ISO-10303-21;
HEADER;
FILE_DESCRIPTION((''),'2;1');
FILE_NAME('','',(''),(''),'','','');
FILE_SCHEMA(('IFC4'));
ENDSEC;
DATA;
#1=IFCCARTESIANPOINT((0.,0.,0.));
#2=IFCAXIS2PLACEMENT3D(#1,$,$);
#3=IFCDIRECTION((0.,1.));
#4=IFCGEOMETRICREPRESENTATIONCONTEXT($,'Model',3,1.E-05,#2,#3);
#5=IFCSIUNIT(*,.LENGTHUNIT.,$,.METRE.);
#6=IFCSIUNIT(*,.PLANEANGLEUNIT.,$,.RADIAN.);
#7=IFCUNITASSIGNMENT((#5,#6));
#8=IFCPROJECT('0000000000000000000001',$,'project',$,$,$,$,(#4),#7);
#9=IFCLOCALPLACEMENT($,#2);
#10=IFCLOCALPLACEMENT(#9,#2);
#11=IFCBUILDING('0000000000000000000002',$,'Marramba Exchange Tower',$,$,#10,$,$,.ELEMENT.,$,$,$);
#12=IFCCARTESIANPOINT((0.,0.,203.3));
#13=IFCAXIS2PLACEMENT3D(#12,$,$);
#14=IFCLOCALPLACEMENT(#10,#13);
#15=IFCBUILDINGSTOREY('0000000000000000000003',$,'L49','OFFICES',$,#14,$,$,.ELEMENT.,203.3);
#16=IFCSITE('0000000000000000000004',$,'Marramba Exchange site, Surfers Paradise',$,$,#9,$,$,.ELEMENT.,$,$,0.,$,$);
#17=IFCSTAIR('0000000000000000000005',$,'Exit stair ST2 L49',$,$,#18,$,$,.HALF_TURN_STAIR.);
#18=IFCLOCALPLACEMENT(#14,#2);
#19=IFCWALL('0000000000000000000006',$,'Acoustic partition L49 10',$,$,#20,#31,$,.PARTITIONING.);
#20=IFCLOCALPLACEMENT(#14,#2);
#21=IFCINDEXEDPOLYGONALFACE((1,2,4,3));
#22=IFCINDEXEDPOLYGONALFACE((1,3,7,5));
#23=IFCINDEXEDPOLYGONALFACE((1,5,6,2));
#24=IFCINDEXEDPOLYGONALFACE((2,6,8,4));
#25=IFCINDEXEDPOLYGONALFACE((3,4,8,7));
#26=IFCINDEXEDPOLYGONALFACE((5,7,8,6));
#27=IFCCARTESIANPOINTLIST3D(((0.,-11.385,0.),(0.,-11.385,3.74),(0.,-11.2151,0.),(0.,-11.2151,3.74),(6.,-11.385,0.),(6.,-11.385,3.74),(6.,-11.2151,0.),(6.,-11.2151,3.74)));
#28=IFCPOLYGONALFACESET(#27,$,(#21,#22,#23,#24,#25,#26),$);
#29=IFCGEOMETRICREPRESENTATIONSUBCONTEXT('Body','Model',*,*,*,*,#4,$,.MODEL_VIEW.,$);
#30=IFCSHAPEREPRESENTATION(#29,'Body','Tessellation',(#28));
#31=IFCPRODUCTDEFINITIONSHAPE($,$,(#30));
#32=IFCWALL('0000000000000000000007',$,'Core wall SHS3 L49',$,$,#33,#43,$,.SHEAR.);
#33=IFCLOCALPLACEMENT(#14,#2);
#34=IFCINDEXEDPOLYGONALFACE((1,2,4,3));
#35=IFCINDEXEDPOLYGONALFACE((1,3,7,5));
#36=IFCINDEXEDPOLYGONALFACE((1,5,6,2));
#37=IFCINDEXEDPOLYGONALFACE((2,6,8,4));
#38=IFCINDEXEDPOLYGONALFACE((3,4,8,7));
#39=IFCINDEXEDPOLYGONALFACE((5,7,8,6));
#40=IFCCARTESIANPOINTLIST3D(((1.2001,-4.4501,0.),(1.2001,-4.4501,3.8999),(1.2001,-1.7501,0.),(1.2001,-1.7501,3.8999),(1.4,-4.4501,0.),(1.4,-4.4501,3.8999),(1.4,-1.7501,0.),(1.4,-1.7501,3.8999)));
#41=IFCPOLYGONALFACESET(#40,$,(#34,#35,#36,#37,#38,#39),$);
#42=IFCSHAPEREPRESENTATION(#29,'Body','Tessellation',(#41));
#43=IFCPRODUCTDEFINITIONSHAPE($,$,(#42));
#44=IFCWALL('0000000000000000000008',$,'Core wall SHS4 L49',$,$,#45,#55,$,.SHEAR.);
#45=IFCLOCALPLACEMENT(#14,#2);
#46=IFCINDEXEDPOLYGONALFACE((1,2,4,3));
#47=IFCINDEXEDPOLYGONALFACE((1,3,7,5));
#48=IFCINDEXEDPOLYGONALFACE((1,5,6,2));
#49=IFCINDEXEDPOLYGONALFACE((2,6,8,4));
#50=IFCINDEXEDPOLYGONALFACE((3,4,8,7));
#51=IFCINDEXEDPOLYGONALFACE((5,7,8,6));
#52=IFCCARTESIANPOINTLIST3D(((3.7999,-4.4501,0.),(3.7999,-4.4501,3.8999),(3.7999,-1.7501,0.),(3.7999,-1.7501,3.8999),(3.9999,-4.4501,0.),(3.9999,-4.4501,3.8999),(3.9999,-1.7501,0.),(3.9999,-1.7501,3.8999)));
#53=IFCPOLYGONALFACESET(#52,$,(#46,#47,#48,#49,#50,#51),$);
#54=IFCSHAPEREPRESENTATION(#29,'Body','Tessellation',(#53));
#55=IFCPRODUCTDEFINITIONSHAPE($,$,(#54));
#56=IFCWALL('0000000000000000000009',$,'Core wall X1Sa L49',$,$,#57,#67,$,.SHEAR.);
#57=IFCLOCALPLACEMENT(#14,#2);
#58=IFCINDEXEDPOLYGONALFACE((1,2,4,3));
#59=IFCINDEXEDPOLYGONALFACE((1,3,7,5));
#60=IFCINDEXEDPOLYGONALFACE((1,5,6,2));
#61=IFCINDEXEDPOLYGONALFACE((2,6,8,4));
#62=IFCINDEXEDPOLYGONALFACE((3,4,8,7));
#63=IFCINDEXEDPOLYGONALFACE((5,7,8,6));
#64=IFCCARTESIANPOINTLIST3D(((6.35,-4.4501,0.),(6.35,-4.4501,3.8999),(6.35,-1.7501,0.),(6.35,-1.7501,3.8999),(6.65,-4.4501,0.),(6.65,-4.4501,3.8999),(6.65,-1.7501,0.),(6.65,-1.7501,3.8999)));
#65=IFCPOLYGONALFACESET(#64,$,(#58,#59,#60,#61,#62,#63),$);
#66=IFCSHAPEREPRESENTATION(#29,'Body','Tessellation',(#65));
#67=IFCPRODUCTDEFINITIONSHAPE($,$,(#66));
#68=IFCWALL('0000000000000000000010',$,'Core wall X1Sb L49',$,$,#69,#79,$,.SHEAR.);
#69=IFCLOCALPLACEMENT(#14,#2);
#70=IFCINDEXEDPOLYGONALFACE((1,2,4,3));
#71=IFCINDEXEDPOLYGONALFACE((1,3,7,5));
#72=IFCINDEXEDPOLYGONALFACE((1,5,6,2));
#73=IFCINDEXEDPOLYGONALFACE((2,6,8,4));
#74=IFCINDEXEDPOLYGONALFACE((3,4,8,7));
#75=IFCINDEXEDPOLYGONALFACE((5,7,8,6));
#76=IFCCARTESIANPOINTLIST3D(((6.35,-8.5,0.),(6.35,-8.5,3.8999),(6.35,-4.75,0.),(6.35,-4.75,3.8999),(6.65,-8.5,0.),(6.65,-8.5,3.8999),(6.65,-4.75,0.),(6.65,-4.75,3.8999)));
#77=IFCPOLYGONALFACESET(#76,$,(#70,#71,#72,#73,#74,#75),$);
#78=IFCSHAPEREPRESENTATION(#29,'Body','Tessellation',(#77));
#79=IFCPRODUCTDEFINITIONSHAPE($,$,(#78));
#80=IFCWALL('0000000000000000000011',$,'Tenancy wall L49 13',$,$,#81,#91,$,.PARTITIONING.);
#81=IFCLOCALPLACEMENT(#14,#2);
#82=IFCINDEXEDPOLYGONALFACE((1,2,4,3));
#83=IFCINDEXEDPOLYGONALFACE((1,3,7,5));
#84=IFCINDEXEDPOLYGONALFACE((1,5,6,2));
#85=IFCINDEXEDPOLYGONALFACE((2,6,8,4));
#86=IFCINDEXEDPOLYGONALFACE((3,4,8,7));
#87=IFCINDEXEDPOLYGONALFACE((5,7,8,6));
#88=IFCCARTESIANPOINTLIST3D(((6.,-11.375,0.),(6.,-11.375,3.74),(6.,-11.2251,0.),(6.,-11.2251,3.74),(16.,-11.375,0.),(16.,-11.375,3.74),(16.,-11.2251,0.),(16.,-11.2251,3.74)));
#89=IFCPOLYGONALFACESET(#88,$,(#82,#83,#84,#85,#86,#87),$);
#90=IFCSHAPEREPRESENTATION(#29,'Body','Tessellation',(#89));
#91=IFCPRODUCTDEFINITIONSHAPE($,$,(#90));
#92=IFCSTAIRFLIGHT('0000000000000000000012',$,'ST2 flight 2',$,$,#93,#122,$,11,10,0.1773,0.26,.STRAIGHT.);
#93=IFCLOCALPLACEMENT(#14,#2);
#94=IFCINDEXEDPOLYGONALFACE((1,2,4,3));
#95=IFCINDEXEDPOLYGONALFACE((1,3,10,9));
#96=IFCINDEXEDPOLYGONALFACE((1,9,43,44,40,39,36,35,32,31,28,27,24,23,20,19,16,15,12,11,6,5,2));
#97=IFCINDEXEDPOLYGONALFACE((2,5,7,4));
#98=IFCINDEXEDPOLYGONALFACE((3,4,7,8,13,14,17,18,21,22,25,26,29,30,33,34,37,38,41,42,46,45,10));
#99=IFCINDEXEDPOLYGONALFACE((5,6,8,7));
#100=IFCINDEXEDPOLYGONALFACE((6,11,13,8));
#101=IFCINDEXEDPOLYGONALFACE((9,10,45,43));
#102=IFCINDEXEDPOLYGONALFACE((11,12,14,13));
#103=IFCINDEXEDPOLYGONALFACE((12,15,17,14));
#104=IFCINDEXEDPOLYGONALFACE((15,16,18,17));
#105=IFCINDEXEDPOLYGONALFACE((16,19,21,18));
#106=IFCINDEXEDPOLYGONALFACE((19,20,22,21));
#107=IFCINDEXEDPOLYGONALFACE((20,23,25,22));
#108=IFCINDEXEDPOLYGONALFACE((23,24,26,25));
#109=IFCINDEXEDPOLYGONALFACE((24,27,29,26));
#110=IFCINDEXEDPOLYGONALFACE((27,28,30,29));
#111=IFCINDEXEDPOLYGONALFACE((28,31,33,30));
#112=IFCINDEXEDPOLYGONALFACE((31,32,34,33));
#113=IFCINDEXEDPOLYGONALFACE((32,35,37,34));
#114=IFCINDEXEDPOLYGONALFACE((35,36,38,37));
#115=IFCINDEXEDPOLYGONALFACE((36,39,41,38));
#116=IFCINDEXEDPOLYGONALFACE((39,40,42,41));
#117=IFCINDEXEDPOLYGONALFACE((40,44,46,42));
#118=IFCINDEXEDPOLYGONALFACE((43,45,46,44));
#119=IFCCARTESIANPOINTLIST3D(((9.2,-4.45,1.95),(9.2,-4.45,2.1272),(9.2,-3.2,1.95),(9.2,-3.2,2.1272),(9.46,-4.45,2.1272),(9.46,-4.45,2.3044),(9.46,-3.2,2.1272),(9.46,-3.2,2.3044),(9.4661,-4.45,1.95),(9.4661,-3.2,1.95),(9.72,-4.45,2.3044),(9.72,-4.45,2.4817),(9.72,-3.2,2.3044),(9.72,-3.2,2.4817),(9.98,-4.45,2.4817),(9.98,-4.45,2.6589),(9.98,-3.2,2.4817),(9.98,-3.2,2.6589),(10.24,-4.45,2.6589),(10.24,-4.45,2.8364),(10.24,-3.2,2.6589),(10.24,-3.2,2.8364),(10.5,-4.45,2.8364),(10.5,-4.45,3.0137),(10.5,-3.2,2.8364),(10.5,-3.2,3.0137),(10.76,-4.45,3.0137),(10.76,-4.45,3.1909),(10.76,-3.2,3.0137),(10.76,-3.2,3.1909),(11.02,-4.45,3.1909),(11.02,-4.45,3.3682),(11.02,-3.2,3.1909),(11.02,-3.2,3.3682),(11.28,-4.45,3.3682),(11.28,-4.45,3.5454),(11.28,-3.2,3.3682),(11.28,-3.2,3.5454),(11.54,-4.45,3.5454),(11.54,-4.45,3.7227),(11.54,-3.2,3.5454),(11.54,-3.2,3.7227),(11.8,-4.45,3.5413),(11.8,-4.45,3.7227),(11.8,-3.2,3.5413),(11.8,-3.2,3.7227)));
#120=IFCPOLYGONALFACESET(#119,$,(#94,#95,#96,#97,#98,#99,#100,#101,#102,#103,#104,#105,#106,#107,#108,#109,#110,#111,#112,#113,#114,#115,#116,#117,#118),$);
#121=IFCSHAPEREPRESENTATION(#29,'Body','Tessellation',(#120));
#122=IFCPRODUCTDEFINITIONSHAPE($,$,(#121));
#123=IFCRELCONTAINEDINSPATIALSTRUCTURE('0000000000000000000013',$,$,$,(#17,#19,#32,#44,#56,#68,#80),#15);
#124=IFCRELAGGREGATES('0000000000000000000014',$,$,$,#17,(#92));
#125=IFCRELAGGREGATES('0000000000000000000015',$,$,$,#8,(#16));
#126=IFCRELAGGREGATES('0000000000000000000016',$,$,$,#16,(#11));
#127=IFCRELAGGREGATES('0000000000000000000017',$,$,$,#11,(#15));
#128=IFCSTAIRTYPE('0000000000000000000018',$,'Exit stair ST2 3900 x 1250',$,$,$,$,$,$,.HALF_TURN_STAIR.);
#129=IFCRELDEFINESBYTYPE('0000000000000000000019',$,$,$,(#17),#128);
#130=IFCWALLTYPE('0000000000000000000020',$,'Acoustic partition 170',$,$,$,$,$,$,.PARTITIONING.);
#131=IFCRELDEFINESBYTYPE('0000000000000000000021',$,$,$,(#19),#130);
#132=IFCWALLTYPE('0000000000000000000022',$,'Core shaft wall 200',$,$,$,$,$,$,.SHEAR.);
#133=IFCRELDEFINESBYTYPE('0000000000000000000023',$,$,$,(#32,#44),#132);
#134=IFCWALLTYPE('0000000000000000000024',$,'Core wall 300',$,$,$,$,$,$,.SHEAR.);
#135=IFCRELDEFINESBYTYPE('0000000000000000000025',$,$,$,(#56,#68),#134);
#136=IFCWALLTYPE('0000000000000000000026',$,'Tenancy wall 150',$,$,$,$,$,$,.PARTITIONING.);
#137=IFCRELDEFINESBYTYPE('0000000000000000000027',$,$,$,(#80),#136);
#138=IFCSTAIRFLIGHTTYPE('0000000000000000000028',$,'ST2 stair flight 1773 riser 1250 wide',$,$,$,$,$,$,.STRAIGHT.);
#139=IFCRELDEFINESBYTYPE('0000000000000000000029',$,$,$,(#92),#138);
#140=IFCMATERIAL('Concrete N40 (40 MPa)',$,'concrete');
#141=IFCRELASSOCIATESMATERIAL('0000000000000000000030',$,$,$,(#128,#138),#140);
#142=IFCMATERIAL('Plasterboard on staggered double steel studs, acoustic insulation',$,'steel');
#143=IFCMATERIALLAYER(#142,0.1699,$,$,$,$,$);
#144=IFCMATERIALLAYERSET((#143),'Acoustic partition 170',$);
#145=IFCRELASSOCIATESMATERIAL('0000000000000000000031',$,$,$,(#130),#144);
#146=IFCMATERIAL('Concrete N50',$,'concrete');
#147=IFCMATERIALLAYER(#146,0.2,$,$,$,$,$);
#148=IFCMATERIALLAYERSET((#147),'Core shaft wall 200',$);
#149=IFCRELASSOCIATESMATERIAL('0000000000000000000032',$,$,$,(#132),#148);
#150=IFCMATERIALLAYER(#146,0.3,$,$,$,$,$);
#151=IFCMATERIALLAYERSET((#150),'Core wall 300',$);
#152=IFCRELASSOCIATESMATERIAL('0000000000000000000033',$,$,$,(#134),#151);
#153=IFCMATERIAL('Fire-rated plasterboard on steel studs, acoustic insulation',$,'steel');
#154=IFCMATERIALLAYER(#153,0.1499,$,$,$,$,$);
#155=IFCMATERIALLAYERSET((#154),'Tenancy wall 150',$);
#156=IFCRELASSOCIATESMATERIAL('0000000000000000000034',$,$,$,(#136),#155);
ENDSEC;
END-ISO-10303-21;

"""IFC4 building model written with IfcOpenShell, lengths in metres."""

from ifc_helpers import new_model, si_unit, direction, frame, frame_2d, origin, place, context, subcontext, project, spatial, polyline, rectangle, outline, extrude, material, layer, layer_set, type_object, element, aggregate, save


model = new_model("IFC4")

# Units and contexts
model_context = context("Model", 3, precision=1e-05, world=origin(), true_north=direction((0.0, 1.0)))
body_context = subcontext(model_context, "Body", "Model", "MODEL_VIEW")
ifc_project = project(units=[si_unit("LENGTHUNIT", "METRE"), si_unit("PLANEANGLEUNIT", "RADIAN")], contexts=[model_context])

# Site, building, storey
site_placement = place(None, origin())
site = spatial("IfcSite", under=ifc_project, at=site_placement, Name="Marramba Exchange site, Surfers Paradise", CompositionType="ELEMENT", RefElevation=0.0)
building_placement = place(site_placement, origin())
building = spatial("IfcBuilding", under=site, at=building_placement, Name="Marramba Exchange Tower", CompositionType="ELEMENT")
storey_placement = place(building_placement, frame((0.0, 0.0, 203.3)))
storey = spatial("IfcBuildingStorey", under=building, at=storey_placement, Name="L49", Description="OFFICES", CompositionType="ELEMENT", Elevation=203.3)

# Stair
ifc_material_1 = material(Name="Concrete N40 (40 MPa)", Category="concrete")
stair_type_1 = type_object("IfcStairType", Name="Exit stair ST2 3900 x 1250", PredefinedType="HALF_TURN_STAIR", material=ifc_material_1)
stair_1_placement = place(storey_placement, origin())
stair_1 = element("IfcStair", 1, at=stair_1_placement, inside=storey, type_object=stair_type_1, Name="Exit stair ST2 L49", PredefinedType="HALF_TURN_STAIR")

# Walls
ifc_material_2 = material(Name="Plasterboard on staggered double steel studs, acoustic insulation", Category="steel")
ifc_layer_1 = layer(ifc_material_2, 0.1699)
ifc_layer_set_1 = layer_set([ifc_layer_1], Name="Acoustic partition 170")
wall_type_1 = type_object("IfcWallType", Name="Acoustic partition 170", PredefinedType="PARTITIONING", material=ifc_layer_set_1)
wall_1_placement = place(storey_placement, frame((6.0, -11.3, 0.0), z_axis=(0.0, 0.0, 1.0), x_axis=(-1.0, 0.0, 0.0)))
element("IfcWall", 2, at=wall_1_placement, inside=storey, type_object=wall_type_1, Name="Acoustic partition L49 10", PredefinedType="PARTITIONING", context=body_context, shape_type="SweptSolid", body=[
    extrude(rectangle(XDim=6.0, YDim=0.1699, at=frame_2d((3.0, 0.0))), origin(), (0.0, 0.0, 1.0), 3.74),
])
ifc_material_3 = material(Name="Concrete N50", Category="concrete")
ifc_layer_2 = layer(ifc_material_3, 0.2)
ifc_layer_set_2 = layer_set([ifc_layer_2], Name="Core shaft wall 200")
wall_type_2 = type_object("IfcWallType", Name="Core shaft wall 200", PredefinedType="SHEAR", material=ifc_layer_set_2)
for number, where, z_axis, x_axis, name in (
    (3, (1.3, -1.75, 0.0), (0.0, 0.0, 1.0), (0.0, -1.0, 0.0), "Core wall SHS3 L49"),
    (4, (3.8999, -1.75, 0.0), (0.0, 0.0, 1.0), (0.0, -1.0, 0.0), "Core wall SHS4 L49"),
):
    element("IfcWall", number, at=place(storey_placement, frame(where, z_axis=z_axis, x_axis=x_axis)), inside=storey, type_object=wall_type_2, Name=name, PredefinedType="SHEAR", context=body_context, shape_type="SweptSolid", body=[
        extrude(rectangle(XDim=2.7, YDim=0.2, at=frame_2d((1.3501, 0.0))), origin(), (0.0, 0.0, 1.0), 3.8999),
    ])
ifc_layer_3 = layer(ifc_material_3, 0.3)
ifc_layer_set_3 = layer_set([ifc_layer_3], Name="Core wall 300")
wall_type_3 = type_object("IfcWallType", Name="Core wall 300", PredefinedType="SHEAR", material=ifc_layer_set_3)
wall_2_placement = place(storey_placement, frame((6.5, -1.75, 0.0), z_axis=(0.0, 0.0, 1.0), x_axis=(0.0, -1.0, 0.0)))
element("IfcWall", 5, at=wall_2_placement, inside=storey, type_object=wall_type_3, Name="Core wall X1Sa L49", PredefinedType="SHEAR", context=body_context, shape_type="SweptSolid", body=[
    extrude(rectangle(XDim=2.7, YDim=0.3, at=frame_2d((1.3501, 0.0))), origin(), (0.0, 0.0, 1.0), 3.8999),
])
wall_3_placement = place(storey_placement, frame((6.5, -4.75, 0.0), z_axis=(0.0, 0.0, 1.0), x_axis=(0.0, -1.0, 0.0)))
element("IfcWall", 6, at=wall_3_placement, inside=storey, type_object=wall_type_3, Name="Core wall X1Sb L49", PredefinedType="SHEAR", context=body_context, shape_type="SweptSolid", body=[
    extrude(rectangle(XDim=3.75, YDim=0.3, at=frame_2d((1.875, 0.0))), origin(), (0.0, 0.0, 1.0), 3.8999),
])

# Wall
ifc_material_4 = material(Name="Fire-rated plasterboard on steel studs, acoustic insulation", Category="steel")
ifc_layer_4 = layer(ifc_material_4, 0.1499)
ifc_layer_set_4 = layer_set([ifc_layer_4], Name="Tenancy wall 150")
wall_type_4 = type_object("IfcWallType", Name="Tenancy wall 150", PredefinedType="PARTITIONING", material=ifc_layer_set_4)
wall_4_placement = place(storey_placement, frame((6.0, -11.3, 0.0), z_axis=(0.0, 0.0, 1.0), x_axis=(1.0, 0.0, 0.0)))
element("IfcWall", 7, at=wall_4_placement, inside=storey, type_object=wall_type_4, Name="Tenancy wall L49 13", PredefinedType="PARTITIONING", context=body_context, shape_type="SweptSolid", body=[
    extrude(rectangle(XDim=10.0, YDim=0.1499, at=frame_2d((5.0, 0.0))), origin(), (0.0, 0.0, 1.0), 3.74),
])

# Stair flight
stair_flight_type = type_object("IfcStairFlightType", Name="ST2 stair flight 1773 riser 1250 wide", PredefinedType="STRAIGHT", material=ifc_material_1)
stair_flight_placement = place(storey_placement, frame((9.2, -3.825, 1.95), z_axis=(0.0, 0.0, 1.0), x_axis=(1.0, 0.0, 0.0)))
stair_flight = element("IfcStairFlight", 8, at=stair_flight_placement, type_object=stair_flight_type, Name="ST2 flight 2", NumberOfRisers=11, NumberOfTreads=10, PredefinedType="STRAIGHT", RiserHeight=0.1773, TreadLength=0.26, context=body_context, shape_type="SweptSolid", body=[
    extrude(outline(polyline([(0.0, 0.0), (0.0, 0.1772), (0.26, 0.1772), (0.26, 0.3545), (0.52, 0.3545), (0.52, 0.5317), (0.78, 0.5317), (0.78, 0.709), (1.04, 0.709), (1.04, 0.8865), (1.3, 0.8865), (1.3, 1.0637), (1.5601, 1.0637), (1.5601, 1.241), (1.8201, 1.241), (1.8201, 1.4182), (2.0801, 1.4182), (2.0801, 1.5955), (2.3401, 1.5955), (2.3401, 1.7727), (2.6001, 1.7727), (2.6001, 1.95), (2.6001, 1.5913), (0.2661, 0.0), (0.0, 0.0)])), frame((0.0, 0.625, 0.0), z_axis=(0.0, -1.0, 0.0), x_axis=(1.0, 0.0, 0.0)), (0.0, 0.0, 1.0), 1.25),
])
aggregate(stair_1, [stair_flight])

save(model, "model.ifc")
